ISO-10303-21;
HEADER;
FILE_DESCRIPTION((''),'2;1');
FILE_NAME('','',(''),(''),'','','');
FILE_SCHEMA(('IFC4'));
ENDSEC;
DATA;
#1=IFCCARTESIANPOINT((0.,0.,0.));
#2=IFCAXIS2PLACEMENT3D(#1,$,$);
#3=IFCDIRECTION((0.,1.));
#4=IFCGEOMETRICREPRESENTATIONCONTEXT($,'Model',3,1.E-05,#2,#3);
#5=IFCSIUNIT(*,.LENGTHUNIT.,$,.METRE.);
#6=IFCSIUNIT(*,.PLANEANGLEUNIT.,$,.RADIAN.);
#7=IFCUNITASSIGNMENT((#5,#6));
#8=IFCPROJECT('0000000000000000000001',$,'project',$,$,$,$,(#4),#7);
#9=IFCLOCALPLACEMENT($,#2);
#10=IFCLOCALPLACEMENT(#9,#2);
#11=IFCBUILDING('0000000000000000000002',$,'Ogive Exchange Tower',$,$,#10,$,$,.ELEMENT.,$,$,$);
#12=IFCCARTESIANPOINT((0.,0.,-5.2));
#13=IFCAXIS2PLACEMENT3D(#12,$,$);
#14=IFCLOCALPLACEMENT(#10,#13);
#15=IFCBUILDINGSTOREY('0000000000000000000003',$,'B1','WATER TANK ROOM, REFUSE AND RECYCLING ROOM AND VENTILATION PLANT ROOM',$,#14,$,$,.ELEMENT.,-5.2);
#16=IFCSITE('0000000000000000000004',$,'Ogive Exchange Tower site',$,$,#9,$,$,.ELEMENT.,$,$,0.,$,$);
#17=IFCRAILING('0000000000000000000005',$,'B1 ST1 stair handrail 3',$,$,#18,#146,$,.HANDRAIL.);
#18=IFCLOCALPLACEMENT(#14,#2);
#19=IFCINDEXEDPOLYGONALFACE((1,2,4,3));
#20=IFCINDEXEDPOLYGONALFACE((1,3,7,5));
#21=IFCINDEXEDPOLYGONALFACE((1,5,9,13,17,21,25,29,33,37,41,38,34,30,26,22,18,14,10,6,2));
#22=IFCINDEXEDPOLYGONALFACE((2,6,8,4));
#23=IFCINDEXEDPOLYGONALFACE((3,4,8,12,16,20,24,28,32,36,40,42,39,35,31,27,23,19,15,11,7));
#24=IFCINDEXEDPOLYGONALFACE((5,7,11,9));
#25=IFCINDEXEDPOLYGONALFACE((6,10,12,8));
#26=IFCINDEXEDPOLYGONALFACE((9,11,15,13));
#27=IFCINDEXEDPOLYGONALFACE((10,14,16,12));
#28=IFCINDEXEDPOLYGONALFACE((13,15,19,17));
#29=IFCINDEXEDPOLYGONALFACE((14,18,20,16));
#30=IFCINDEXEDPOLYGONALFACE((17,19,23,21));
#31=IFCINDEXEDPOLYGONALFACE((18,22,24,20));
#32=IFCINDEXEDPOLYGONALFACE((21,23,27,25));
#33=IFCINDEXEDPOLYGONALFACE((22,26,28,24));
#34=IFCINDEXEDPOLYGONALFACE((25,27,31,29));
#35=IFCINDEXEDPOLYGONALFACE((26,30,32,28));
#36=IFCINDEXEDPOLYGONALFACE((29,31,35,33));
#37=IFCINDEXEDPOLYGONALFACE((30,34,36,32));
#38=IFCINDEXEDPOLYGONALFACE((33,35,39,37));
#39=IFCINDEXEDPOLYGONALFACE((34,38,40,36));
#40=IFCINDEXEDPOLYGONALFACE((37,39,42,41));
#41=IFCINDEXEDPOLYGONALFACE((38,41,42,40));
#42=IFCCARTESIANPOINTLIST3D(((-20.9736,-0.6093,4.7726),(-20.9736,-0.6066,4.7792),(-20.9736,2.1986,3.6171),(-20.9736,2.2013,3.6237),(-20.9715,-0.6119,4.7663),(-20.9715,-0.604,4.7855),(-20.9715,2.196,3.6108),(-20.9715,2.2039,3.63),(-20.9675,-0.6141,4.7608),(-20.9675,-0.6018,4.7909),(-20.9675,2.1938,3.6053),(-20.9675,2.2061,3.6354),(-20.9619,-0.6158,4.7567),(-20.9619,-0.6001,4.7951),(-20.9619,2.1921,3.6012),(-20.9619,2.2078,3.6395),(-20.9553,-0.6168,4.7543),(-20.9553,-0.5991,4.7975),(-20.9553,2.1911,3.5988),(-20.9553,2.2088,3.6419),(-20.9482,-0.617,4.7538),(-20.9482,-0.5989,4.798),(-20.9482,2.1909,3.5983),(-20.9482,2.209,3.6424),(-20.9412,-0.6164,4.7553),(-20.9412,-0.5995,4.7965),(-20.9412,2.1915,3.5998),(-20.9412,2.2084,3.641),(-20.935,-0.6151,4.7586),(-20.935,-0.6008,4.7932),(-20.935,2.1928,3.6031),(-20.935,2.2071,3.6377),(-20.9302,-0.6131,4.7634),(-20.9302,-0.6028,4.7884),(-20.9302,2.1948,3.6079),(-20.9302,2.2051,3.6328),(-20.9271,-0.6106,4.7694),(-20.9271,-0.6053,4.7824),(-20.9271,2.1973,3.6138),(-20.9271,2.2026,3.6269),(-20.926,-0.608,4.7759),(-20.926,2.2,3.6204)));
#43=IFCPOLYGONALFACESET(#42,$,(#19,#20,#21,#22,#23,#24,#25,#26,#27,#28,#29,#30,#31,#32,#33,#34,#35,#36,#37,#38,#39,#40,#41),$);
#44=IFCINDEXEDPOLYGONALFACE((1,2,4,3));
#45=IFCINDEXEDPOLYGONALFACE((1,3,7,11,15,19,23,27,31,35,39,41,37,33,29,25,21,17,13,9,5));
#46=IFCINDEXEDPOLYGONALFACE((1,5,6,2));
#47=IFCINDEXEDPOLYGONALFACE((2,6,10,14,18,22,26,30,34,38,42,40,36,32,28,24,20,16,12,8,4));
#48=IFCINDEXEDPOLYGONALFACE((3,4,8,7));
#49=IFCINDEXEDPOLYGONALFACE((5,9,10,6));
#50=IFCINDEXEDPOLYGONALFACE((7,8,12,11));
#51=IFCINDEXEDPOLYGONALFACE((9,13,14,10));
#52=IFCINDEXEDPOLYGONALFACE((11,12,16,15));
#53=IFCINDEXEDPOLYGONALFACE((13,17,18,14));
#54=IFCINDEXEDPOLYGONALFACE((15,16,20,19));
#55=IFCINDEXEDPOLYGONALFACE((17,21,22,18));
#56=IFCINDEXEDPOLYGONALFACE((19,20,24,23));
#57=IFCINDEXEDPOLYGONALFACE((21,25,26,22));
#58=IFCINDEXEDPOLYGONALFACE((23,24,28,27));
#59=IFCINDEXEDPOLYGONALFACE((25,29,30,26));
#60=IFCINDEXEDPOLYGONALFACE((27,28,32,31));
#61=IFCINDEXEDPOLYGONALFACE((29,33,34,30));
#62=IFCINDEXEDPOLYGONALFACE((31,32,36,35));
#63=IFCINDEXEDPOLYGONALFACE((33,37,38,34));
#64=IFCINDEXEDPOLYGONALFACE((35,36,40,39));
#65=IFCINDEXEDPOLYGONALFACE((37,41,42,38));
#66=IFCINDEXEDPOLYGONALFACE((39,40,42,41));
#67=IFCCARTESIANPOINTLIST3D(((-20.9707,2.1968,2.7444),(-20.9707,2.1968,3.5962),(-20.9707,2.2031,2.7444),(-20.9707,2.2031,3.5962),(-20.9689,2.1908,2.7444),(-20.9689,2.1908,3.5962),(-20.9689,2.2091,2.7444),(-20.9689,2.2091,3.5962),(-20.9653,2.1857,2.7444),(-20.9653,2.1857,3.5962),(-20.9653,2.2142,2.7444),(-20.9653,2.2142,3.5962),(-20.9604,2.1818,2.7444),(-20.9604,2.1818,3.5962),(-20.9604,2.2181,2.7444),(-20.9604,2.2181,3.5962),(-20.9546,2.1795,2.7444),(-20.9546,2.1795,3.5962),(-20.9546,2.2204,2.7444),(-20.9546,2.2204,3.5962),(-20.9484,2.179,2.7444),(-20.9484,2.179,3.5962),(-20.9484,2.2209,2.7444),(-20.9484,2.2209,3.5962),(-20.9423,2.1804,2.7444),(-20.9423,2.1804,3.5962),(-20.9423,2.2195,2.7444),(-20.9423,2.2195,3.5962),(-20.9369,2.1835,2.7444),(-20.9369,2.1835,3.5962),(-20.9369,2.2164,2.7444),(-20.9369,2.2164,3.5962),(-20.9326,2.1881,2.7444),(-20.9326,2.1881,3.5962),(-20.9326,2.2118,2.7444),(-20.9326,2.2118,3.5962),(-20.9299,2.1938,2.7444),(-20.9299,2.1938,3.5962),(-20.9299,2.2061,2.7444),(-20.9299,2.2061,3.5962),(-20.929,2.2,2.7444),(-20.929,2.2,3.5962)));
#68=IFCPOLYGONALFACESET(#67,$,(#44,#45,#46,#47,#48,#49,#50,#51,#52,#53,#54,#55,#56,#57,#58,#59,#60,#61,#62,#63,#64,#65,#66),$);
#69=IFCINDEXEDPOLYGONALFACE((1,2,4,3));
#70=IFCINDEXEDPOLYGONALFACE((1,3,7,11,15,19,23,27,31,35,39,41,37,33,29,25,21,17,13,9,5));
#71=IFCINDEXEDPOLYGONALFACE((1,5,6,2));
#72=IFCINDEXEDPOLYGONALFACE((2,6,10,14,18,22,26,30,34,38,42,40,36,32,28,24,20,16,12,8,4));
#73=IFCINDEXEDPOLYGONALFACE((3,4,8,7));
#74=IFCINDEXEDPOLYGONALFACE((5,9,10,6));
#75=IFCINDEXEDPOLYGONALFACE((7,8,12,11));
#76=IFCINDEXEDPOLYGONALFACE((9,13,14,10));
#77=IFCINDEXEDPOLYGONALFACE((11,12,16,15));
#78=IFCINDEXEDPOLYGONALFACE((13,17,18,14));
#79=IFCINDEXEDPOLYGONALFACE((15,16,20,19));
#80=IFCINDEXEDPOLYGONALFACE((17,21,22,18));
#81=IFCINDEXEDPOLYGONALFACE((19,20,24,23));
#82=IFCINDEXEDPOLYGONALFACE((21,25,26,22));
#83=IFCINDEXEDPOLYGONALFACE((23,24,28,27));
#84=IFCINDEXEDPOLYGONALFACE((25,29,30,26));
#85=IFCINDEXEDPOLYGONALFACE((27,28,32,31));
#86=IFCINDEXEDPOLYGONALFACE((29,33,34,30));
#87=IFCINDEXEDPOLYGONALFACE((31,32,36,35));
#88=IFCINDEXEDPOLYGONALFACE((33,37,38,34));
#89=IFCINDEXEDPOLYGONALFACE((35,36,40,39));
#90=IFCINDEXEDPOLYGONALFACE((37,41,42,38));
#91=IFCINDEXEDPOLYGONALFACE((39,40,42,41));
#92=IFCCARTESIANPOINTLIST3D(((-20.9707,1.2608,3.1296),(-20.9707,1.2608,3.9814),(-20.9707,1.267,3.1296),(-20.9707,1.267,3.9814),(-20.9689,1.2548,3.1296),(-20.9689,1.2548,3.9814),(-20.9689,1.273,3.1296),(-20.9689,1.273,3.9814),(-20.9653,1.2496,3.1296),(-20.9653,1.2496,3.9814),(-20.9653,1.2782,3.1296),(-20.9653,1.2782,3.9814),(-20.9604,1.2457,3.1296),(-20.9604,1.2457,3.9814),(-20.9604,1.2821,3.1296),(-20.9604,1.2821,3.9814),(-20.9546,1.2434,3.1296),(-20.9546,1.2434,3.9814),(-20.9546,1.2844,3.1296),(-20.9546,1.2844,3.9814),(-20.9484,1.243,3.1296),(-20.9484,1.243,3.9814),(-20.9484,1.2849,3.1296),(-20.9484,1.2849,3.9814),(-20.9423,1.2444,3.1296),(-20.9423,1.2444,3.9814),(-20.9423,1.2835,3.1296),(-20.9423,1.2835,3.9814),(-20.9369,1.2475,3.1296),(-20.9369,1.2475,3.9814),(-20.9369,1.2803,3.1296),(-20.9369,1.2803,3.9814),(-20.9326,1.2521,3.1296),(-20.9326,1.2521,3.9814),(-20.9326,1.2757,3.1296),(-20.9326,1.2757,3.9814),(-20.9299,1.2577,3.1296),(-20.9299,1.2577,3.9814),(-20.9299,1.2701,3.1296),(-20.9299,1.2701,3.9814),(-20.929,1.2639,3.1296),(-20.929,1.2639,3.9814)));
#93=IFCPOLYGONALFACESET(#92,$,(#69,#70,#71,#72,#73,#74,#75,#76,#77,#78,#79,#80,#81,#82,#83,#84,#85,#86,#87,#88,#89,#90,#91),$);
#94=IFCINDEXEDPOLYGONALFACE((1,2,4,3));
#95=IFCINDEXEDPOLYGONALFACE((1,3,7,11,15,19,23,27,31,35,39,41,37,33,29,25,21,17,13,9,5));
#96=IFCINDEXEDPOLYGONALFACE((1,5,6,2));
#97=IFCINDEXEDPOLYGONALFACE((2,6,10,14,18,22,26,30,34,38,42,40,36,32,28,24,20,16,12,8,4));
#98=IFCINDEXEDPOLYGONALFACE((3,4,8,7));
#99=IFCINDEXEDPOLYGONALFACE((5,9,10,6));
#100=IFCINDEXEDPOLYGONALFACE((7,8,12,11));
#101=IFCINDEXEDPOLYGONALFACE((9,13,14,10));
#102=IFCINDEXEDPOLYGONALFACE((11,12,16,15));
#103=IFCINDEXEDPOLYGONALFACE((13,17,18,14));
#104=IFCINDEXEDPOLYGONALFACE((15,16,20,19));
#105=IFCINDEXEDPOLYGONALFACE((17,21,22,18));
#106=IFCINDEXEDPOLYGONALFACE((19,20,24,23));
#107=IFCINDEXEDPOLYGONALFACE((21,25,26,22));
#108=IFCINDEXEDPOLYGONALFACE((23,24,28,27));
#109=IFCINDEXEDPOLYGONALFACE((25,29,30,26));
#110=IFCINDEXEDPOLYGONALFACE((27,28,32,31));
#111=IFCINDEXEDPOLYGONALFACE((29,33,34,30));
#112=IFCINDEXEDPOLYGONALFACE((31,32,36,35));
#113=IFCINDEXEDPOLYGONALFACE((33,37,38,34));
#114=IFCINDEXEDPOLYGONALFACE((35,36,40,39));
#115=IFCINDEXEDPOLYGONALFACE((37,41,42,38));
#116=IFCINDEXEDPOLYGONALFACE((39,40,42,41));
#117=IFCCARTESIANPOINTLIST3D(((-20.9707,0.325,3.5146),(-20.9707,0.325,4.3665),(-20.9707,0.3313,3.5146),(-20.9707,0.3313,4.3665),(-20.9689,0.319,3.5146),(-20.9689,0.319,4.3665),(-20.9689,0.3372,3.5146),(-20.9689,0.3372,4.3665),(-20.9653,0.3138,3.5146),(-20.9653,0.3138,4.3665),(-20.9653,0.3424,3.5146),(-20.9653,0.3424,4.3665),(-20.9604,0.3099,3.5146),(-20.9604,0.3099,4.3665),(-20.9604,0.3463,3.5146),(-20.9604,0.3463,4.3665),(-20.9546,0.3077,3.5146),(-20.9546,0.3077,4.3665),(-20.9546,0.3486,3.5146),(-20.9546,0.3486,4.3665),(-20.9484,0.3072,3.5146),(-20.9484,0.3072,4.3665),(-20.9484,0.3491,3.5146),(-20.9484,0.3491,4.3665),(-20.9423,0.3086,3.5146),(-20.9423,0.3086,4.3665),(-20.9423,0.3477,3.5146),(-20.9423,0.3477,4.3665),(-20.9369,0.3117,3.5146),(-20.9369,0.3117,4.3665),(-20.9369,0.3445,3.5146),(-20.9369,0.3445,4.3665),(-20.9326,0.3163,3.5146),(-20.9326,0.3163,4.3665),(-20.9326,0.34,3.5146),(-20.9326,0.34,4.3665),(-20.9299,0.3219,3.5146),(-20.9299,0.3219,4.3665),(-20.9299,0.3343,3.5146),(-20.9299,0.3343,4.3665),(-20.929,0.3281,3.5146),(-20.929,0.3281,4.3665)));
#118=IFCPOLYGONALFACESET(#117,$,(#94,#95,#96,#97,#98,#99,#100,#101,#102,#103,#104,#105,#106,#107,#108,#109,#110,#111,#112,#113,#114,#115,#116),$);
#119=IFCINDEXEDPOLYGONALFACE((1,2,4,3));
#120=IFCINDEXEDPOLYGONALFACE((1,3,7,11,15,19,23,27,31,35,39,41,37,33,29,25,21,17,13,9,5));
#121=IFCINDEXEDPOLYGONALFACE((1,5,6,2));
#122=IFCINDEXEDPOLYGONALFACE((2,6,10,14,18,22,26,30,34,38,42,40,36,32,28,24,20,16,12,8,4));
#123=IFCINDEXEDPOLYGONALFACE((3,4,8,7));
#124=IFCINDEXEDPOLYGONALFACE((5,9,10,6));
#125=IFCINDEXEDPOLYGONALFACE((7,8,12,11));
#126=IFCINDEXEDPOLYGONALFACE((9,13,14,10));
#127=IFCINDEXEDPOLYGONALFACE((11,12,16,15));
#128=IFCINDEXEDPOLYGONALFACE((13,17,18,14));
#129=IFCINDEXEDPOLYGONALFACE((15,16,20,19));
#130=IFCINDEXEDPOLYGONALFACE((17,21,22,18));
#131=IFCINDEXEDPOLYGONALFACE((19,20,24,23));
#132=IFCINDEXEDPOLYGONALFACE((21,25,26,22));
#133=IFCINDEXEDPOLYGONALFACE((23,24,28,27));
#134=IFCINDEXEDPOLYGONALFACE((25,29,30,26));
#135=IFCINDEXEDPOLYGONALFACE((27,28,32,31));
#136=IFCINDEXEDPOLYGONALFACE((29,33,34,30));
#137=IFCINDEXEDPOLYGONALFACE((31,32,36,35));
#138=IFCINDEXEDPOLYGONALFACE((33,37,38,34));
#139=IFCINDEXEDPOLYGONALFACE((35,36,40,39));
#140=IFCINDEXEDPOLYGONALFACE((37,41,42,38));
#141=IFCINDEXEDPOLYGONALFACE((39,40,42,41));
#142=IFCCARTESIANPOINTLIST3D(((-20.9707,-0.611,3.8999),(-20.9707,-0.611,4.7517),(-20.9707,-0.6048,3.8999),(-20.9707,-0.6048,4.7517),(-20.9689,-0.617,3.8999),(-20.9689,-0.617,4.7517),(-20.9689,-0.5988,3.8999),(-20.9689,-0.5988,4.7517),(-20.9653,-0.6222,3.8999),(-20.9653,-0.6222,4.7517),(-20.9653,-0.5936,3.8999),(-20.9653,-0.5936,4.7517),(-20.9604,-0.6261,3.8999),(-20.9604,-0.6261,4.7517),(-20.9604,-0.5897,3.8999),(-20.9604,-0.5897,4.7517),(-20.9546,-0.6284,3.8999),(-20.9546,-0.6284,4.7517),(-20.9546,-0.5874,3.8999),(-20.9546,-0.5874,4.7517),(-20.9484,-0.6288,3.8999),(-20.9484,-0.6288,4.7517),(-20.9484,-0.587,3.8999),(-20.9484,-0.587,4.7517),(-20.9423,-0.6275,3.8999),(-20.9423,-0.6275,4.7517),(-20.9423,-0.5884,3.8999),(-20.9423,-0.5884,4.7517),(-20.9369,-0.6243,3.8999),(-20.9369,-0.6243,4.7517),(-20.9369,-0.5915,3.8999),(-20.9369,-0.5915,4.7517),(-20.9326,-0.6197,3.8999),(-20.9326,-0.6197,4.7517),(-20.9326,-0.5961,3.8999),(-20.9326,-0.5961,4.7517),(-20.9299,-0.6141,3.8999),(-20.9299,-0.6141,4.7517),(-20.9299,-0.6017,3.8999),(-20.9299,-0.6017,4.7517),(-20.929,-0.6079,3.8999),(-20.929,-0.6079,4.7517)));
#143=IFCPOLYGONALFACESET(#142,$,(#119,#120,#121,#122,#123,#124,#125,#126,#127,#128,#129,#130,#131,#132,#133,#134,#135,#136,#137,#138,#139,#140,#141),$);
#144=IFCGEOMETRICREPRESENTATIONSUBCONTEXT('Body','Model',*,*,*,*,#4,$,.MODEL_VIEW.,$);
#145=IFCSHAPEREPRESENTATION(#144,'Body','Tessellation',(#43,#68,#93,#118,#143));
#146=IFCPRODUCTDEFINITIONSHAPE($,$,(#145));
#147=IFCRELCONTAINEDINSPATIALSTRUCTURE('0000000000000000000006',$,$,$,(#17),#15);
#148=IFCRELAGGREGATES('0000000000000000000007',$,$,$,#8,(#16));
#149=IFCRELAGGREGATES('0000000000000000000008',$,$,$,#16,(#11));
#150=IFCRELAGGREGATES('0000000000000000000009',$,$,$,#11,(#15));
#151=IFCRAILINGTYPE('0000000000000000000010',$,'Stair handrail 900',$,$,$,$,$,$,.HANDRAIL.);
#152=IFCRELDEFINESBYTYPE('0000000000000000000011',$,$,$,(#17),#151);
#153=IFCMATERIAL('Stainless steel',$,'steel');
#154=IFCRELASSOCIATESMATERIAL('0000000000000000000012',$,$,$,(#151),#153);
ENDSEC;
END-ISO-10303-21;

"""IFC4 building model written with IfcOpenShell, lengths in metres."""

from ifc_helpers import new_model, si_unit, direction, frame, origin, origin_2d, place, context, subcontext, project, spatial, circle, extrude, material, type_object, element, save


model = new_model("IFC4")

# Units and contexts
model_context = context("Model", 3, precision=1e-05, world=origin(), true_north=direction((0.0, 1.0)))
body_context = subcontext(model_context, "Body", "Model", "MODEL_VIEW")
ifc_project = project(units=[si_unit("LENGTHUNIT", "METRE"), si_unit("PLANEANGLEUNIT", "RADIAN")], contexts=[model_context])

# Site, building, storey
site_placement = place(None, origin())
site = spatial("IfcSite", under=ifc_project, at=site_placement, Name="Ogive Exchange Tower site", CompositionType="ELEMENT", RefElevation=0.0)
building_placement = place(site_placement, origin())
building = spatial("IfcBuilding", under=site, at=building_placement, Name="Ogive Exchange Tower", CompositionType="ELEMENT")
storey_placement = place(building_placement, frame((0.0, 0.0, -5.2)))
storey = spatial("IfcBuildingStorey", under=building, at=storey_placement, Name="B1", Description="WATER TANK ROOM, REFUSE AND RECYCLING ROOM AND VENTILATION PLANT ROOM", CompositionType="ELEMENT", Elevation=-5.2)

# Shared definitions
ifc_material_1 = material(Name="Stainless steel", Category="steel")

# Railing
railing_type = type_object("IfcRailingType", Name="Stair handrail 900", PredefinedType="HANDRAIL", material=ifc_material_1)
railing_1_placement = place(storey_placement, frame((-20.95, 2.2, 2.7444)))
element("IfcRailing", 1, at=railing_1_placement, inside=storey, type_object=railing_type, Name="B1 ST1 stair handrail 3", PredefinedType="HANDRAIL", context=body_context, shape_type="SweptSolid", body=[
    extrude(circle(Radius=0.0239, at=origin_2d()), frame((0.0, 0.0, 0.876), z_axis=(0.0, -0.924755, 0.380564), x_axis=(1.0, 0.0, 0.0)), (0.0, 0.0, 1.0), 3.0364),
    extrude(circle(Radius=0.021, at=origin_2d()), origin(), (0.0, 0.0, 1.0), 0.8518),
    extrude(circle(Radius=0.021, at=origin_2d()), frame((0.0, -0.936, 0.3853)), (0.0, 0.0, 1.0), 0.8518),
    extrude(circle(Radius=0.021, at=origin_2d()), frame((0.0, -1.8718, 0.7703)), (0.0, 0.0, 1.0), 0.8518),
    extrude(circle(Radius=0.021, at=origin_2d()), frame((0.0, -2.8079, 1.1555)), (0.0, 0.0, 1.0), 0.8518),
])

save(model, "model.ifc")
